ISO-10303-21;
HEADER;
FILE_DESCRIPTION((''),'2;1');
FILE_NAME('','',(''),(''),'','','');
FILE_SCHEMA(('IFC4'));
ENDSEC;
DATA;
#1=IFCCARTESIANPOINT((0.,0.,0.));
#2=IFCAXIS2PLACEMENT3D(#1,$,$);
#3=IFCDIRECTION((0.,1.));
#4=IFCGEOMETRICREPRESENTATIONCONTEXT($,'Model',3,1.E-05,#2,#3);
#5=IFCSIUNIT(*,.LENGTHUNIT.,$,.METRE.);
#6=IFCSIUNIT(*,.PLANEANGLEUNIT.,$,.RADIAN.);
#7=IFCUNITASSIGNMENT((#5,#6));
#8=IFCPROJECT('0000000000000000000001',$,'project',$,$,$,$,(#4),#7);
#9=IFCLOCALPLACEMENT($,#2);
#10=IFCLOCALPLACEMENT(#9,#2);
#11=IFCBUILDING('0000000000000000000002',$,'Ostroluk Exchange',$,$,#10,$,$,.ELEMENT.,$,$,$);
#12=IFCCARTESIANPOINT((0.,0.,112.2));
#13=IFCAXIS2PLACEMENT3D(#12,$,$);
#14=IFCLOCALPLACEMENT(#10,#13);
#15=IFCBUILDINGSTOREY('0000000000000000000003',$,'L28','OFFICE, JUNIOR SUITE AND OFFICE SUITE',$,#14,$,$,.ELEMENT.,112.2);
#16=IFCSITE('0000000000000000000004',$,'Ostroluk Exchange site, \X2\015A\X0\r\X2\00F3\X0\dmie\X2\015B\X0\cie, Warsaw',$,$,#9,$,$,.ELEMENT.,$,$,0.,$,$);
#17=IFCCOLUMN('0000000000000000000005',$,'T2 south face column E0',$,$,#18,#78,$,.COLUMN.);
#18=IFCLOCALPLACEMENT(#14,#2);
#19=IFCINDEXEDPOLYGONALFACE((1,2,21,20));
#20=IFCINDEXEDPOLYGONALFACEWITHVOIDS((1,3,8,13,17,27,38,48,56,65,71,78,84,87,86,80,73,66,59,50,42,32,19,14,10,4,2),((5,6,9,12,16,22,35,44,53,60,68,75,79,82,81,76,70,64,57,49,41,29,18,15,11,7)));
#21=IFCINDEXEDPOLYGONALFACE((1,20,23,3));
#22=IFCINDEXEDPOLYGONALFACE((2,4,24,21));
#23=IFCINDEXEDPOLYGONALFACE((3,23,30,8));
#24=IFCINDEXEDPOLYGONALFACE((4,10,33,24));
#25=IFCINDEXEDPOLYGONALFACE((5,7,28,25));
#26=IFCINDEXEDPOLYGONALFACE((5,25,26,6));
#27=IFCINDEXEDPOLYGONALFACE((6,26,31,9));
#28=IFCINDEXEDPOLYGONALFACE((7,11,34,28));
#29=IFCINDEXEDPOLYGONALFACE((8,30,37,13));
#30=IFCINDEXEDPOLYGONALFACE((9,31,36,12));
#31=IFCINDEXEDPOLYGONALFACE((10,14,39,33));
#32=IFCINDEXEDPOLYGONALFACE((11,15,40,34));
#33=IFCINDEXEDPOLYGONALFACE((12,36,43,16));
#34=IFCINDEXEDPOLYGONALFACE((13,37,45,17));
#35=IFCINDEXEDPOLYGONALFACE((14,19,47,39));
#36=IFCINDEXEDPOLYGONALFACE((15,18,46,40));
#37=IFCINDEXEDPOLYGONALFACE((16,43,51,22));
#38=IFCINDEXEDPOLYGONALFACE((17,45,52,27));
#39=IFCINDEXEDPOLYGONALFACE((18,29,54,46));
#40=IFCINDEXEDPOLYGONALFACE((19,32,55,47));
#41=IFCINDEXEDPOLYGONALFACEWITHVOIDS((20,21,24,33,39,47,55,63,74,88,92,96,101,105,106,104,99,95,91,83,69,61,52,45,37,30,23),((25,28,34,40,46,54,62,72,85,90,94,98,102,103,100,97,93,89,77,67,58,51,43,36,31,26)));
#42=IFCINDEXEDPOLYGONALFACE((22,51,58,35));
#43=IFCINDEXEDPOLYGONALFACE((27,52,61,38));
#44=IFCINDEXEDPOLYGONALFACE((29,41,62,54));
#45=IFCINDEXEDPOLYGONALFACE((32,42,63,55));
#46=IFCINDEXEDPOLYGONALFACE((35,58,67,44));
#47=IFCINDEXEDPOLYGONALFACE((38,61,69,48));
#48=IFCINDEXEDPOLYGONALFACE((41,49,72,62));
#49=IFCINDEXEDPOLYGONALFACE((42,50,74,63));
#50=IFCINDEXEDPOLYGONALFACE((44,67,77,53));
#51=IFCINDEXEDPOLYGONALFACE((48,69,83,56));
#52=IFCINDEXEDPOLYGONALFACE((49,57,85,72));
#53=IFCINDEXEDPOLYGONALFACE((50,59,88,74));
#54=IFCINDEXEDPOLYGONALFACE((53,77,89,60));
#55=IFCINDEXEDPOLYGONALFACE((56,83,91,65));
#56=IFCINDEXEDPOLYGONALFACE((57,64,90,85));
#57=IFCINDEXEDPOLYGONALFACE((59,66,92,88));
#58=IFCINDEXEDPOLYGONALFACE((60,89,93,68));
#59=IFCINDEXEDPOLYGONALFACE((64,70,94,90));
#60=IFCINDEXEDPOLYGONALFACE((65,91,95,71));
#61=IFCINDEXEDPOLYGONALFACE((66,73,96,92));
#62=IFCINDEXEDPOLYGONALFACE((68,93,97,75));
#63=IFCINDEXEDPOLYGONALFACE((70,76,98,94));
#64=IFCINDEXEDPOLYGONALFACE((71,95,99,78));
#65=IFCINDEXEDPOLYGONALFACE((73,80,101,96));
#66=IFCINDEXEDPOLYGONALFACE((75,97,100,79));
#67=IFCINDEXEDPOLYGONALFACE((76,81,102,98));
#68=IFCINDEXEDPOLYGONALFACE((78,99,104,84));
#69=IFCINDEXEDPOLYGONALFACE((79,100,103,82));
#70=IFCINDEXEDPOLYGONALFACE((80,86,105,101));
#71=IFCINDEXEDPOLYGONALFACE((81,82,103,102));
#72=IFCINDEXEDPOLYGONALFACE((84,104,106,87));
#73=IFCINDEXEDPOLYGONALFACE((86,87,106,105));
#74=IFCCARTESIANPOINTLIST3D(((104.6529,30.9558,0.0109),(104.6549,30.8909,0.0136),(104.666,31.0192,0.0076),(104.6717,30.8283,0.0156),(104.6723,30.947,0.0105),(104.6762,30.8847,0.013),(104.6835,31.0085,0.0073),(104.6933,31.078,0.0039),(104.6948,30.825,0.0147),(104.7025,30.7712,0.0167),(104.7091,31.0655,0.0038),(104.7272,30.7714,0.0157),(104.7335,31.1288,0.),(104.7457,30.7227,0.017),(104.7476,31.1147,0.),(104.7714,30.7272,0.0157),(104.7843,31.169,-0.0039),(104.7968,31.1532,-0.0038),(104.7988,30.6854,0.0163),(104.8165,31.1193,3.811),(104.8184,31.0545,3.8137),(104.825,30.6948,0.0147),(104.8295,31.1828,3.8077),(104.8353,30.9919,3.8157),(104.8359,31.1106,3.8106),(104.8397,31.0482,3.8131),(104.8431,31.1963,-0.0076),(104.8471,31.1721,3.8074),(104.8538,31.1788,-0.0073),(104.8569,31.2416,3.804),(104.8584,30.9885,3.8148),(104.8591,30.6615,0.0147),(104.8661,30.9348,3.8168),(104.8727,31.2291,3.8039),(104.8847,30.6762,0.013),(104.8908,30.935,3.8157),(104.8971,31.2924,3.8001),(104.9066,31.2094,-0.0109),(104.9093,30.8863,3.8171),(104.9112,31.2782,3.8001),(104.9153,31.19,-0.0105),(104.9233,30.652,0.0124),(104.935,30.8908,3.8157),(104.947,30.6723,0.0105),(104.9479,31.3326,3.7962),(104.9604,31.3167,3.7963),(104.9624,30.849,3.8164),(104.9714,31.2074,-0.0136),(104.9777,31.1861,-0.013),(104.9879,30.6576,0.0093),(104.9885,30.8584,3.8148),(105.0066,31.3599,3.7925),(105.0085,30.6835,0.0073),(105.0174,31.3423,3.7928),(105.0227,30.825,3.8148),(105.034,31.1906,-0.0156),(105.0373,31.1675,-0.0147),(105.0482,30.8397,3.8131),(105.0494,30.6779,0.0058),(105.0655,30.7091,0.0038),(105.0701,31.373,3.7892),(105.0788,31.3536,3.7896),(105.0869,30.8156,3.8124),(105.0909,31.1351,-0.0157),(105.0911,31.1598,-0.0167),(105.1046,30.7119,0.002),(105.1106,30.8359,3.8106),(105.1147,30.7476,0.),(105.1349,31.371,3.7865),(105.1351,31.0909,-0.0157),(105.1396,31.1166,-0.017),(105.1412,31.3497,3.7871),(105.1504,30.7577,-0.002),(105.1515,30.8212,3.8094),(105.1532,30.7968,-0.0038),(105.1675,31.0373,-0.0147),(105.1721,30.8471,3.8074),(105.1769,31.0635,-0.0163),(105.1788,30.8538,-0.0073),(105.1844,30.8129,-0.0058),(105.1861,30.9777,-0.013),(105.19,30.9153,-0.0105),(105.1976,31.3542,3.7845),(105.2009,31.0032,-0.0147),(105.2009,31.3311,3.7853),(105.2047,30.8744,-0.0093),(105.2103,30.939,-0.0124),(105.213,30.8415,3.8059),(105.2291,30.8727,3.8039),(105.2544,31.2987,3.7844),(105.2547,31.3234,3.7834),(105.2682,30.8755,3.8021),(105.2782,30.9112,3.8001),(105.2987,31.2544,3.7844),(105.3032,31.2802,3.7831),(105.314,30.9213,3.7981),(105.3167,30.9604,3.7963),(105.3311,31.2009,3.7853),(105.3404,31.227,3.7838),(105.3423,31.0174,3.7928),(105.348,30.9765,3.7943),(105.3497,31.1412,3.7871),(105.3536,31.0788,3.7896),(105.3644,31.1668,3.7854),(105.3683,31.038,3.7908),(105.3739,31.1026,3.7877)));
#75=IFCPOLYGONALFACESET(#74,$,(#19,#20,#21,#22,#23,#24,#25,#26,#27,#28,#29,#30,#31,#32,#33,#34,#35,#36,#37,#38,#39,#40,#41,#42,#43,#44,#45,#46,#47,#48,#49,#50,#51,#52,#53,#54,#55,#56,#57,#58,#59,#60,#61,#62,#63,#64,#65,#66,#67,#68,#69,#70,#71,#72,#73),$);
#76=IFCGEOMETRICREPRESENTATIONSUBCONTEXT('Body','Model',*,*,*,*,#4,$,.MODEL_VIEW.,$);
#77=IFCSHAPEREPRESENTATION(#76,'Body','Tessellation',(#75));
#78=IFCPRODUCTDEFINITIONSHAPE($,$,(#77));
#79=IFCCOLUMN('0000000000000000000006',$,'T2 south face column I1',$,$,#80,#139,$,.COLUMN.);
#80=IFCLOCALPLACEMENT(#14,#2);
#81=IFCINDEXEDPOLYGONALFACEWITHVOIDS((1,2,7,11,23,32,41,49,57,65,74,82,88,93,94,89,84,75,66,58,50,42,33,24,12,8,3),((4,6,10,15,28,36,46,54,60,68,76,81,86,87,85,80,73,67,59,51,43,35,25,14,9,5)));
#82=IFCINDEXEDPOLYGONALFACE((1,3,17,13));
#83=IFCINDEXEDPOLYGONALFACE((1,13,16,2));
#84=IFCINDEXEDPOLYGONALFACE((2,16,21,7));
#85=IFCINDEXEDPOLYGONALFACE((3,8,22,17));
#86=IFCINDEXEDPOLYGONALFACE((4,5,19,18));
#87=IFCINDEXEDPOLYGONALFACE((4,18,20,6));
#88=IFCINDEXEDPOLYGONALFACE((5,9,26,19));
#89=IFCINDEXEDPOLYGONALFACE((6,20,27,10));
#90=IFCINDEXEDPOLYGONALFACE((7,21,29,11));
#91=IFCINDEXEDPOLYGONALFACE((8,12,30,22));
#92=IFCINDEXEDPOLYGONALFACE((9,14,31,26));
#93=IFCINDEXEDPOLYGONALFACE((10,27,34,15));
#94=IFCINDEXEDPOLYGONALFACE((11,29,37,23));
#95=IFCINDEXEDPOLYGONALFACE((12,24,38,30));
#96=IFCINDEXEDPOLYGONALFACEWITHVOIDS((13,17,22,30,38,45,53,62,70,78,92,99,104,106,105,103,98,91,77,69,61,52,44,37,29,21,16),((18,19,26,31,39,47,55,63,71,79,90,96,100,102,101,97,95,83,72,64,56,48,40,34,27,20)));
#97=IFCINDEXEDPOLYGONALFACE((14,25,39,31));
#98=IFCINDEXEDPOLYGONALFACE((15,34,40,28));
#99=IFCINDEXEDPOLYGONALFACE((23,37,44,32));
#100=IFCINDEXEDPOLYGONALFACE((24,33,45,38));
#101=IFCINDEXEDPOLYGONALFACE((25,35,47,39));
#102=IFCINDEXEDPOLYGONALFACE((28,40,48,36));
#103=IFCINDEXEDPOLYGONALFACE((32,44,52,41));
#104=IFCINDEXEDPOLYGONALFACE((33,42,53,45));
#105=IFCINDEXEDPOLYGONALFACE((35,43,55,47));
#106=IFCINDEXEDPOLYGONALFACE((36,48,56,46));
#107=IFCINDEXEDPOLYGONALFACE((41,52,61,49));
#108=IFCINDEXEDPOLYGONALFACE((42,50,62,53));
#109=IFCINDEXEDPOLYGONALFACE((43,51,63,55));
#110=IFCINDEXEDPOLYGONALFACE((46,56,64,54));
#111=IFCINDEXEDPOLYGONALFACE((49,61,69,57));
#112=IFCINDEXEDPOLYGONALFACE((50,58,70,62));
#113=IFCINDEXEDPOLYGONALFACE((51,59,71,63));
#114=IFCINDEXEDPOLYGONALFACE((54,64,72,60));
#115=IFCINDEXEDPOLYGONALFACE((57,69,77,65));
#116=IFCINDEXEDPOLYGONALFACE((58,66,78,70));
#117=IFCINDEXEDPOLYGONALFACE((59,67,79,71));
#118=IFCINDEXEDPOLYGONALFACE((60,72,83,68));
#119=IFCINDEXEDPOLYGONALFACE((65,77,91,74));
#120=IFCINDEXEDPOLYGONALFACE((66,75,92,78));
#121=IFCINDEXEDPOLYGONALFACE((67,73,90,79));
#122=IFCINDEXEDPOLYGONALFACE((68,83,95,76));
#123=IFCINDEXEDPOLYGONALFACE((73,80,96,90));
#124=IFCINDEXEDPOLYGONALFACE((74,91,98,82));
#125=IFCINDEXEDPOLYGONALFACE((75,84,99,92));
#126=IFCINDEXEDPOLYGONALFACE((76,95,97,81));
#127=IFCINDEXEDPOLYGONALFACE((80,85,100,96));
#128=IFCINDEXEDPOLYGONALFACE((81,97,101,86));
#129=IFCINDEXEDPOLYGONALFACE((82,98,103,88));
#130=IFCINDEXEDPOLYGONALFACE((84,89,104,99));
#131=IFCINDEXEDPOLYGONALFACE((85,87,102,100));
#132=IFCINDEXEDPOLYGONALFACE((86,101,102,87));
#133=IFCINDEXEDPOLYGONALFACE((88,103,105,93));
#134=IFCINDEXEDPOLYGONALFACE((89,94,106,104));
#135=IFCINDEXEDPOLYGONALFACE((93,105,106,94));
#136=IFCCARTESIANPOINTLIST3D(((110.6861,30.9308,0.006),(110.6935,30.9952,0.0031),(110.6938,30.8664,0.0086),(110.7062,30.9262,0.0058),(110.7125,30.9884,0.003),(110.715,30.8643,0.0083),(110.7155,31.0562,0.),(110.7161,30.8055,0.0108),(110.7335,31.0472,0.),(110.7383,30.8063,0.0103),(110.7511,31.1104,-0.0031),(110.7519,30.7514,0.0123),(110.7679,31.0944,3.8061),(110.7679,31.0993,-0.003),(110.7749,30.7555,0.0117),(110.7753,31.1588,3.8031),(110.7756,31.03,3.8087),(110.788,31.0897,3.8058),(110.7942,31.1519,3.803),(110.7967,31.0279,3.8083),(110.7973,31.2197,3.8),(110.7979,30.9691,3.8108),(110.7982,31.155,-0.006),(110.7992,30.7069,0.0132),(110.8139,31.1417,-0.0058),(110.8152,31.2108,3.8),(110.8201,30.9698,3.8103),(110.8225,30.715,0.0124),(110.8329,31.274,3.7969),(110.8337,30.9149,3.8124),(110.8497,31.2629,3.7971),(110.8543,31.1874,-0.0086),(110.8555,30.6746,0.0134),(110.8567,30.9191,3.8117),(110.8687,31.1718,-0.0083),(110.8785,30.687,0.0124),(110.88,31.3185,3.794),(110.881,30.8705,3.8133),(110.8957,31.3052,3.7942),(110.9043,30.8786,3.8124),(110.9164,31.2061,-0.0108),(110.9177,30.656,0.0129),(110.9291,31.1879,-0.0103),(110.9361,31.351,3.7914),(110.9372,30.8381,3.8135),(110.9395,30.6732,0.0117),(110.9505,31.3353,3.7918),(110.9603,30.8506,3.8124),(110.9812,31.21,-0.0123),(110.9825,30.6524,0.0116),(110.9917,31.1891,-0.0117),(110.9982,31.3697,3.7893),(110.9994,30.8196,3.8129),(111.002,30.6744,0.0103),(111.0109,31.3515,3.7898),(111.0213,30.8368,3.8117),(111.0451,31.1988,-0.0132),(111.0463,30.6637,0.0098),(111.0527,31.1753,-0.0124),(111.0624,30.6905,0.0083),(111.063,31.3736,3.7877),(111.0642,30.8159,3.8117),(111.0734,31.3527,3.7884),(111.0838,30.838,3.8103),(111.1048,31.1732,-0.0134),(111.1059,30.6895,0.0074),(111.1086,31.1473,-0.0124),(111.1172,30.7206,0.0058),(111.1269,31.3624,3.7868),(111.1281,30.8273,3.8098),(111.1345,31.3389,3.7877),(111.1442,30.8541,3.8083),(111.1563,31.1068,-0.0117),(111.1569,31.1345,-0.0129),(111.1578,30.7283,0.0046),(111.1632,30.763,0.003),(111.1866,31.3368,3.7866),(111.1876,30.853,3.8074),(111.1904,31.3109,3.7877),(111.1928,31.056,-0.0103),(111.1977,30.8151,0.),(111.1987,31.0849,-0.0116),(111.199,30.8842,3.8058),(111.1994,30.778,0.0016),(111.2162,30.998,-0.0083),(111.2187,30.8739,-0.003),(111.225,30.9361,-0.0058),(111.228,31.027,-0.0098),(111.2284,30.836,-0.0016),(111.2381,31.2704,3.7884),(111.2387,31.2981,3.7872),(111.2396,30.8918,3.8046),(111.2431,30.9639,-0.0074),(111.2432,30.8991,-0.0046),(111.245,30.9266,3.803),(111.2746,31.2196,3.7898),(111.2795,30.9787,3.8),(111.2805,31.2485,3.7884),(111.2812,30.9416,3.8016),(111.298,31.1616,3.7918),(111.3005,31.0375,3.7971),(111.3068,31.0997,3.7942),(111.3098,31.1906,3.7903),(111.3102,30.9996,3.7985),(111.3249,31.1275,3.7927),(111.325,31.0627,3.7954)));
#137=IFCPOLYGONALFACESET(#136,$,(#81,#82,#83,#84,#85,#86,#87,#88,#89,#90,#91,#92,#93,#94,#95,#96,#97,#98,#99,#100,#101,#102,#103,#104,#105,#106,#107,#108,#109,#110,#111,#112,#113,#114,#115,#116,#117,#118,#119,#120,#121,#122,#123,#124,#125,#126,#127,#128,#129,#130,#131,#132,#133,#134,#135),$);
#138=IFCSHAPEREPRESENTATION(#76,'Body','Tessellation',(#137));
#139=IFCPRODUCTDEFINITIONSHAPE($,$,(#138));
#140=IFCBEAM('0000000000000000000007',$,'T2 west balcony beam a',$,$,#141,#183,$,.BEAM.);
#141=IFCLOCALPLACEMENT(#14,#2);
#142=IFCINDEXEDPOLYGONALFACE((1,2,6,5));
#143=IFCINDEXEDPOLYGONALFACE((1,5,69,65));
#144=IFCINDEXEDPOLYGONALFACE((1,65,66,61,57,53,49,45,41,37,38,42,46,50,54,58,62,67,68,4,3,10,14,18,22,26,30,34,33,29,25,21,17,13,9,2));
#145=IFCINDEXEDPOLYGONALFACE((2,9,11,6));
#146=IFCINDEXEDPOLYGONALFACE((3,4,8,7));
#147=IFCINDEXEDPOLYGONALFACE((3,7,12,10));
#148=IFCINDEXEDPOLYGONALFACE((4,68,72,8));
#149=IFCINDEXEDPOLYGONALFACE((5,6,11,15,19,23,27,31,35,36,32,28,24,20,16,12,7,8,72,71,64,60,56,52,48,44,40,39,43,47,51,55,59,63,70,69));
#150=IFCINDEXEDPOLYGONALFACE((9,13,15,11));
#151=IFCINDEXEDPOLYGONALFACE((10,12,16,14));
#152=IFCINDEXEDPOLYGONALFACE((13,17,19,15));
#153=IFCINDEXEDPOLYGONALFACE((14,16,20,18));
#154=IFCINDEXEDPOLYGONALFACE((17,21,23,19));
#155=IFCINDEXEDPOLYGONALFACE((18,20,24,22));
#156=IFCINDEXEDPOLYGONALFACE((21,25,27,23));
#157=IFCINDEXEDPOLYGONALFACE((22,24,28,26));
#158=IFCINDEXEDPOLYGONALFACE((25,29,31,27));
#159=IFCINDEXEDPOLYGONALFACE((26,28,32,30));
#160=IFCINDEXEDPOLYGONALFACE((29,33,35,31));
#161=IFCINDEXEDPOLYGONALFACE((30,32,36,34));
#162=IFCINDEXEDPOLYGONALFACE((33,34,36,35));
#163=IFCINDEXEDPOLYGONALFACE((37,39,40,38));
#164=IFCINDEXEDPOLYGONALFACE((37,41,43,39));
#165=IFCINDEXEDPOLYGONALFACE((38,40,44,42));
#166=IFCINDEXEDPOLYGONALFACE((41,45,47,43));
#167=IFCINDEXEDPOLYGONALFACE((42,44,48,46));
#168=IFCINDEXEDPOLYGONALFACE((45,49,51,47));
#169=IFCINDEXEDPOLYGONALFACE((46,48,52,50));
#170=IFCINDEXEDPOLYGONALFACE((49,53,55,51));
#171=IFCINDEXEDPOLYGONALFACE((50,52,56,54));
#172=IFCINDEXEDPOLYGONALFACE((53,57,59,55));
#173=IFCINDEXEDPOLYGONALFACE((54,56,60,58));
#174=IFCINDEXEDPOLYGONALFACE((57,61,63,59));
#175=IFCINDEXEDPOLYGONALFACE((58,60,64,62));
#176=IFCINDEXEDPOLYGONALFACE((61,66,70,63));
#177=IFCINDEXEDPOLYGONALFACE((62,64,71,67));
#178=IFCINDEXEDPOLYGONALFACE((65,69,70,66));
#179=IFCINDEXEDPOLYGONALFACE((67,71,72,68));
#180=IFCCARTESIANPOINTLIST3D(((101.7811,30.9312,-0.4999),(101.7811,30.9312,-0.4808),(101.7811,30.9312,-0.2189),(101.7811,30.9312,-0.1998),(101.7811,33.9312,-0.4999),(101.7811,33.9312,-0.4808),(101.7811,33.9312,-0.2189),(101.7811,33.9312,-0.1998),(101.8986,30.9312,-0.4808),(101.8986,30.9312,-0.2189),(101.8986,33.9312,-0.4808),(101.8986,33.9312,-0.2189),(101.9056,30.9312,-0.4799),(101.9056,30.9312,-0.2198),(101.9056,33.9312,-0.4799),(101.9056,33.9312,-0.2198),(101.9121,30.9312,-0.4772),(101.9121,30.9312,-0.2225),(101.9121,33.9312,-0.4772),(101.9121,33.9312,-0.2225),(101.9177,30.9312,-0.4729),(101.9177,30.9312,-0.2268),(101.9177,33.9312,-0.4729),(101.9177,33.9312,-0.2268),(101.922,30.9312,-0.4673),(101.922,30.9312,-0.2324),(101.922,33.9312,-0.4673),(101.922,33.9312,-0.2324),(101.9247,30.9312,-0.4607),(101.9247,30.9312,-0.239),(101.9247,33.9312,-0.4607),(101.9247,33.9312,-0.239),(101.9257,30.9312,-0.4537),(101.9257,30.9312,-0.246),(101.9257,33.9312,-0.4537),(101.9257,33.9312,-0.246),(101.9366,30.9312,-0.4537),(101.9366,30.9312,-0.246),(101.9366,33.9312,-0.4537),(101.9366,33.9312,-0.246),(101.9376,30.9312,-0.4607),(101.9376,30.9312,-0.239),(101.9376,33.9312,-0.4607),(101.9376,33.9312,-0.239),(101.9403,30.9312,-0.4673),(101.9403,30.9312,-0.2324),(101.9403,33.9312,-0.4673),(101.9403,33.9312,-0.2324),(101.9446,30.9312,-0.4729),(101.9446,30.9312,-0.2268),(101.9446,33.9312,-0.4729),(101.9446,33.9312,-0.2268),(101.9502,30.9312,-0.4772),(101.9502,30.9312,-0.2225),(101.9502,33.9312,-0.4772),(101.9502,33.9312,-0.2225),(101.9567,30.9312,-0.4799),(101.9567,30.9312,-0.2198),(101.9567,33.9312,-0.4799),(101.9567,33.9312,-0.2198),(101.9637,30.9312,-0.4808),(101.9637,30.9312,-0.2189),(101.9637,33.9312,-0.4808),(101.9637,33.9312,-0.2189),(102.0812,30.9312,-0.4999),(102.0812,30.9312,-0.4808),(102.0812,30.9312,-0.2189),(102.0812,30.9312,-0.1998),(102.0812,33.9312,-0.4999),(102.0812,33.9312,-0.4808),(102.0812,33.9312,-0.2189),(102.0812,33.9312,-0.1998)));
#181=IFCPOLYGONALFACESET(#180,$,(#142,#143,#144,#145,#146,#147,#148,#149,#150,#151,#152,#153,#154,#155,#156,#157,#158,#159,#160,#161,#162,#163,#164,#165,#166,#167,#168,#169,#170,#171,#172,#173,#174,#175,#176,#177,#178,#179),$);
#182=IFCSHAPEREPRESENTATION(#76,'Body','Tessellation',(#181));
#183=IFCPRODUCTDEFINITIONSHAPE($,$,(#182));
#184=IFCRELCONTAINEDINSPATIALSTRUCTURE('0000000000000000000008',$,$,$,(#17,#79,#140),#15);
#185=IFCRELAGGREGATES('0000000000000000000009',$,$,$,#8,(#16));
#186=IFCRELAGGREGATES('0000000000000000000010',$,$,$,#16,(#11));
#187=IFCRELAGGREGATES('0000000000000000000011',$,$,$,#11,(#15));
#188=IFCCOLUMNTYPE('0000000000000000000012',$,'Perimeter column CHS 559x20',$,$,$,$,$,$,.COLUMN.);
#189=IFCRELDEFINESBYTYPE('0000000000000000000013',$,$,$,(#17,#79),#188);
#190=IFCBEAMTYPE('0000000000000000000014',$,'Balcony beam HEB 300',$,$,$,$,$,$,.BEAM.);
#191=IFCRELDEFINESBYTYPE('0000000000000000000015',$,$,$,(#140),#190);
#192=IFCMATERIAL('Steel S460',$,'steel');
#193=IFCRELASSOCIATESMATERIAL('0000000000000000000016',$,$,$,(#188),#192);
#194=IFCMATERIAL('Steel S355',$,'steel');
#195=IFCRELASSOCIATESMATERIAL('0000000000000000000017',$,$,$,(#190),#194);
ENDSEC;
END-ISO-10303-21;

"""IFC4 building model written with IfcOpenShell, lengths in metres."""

from ifc_helpers import new_model, si_unit, direction, frame, origin, origin_2d, place, context, subcontext, project, spatial, hollow_circle, i_section, extrude, material, material_profile, profile_set, type_object, element, save


model = new_model("IFC4")

# Units and contexts
model_context = context("Model", 3, precision=1e-05, world=origin(), true_north=direction((0.0, 1.0)))
body_context = subcontext(model_context, "Body", "Model", "MODEL_VIEW")
ifc_project = project(units=[si_unit("LENGTHUNIT", "METRE"), si_unit("PLANEANGLEUNIT", "RADIAN")], contexts=[model_context])

# Site, building, storey
site_placement = place(None, origin())
site = spatial("IfcSite", under=ifc_project, at=site_placement, Name="Ostroluk Exchange site, Śródmieście, Warsaw", CompositionType="ELEMENT", RefElevation=0.0)
building_placement = place(site_placement, origin())
building = spatial("IfcBuilding", under=site, at=building_placement, Name="Ostroluk Exchange", CompositionType="ELEMENT")
storey_placement = place(building_placement, frame((0.0, 0.0, 112.2)))
storey = spatial("IfcBuildingStorey", under=building, at=storey_placement, Name="L28", Description="OFFICE, JUNIOR SUITE AND OFFICE SUITE", CompositionType="ELEMENT", Elevation=112.2)

# Columns
ifc_material_1 = material(Name="Steel S460", Category="steel")
ifc_material_profile_1 = material_profile(ifc_material_1, hollow_circle(Radius=0.2795, WallThickness=0.02, at=origin_2d()), Name="CHS 559x20")
ifc_profile_set_1 = profile_set([ifc_material_profile_1], Name="Steel S460")
column_type = type_object("IfcColumnType", Name="Perimeter column CHS 559x20", PredefinedType="COLUMN", material=ifc_profile_set_1)
column_1_placement = place(storey_placement, frame((104.9312, 30.9312, 0.0), z_axis=(0.042966, 0.042966, 0.998152), x_axis=(-0.707107, 0.707107, 0.0)))
element("IfcColumn", 1, at=column_1_placement, inside=storey, type_object=column_type, Name="T2 south face column E0", PredefinedType="COLUMN", context=body_context, shape_type="SweptSolid", body=[
    extrude(hollow_circle(Radius=0.2795, WallThickness=0.02, at=origin_2d()), origin(), (0.0, 0.0, 1.0), 3.8071),
])
column_2_placement = place(storey_placement, frame((110.9656, 30.9312, 0.0), z_axis=(0.021498, 0.042996, 0.998844), x_axis=(-0.894427, 0.447214, 0.0)))
element("IfcColumn", 2, at=column_2_placement, inside=storey, type_object=column_type, Name="T2 south face column I1", PredefinedType="COLUMN", context=body_context, shape_type="SweptSolid", body=[
    extrude(hollow_circle(Radius=0.2795, WallThickness=0.02, at=origin_2d()), origin(), (0.0, 0.0, 1.0), 3.8044),
])

# Beam
ifc_material_2 = material(Name="Steel S355", Category="steel")
ifc_material_profile_2 = material_profile(ifc_material_2, i_section(OverallWidth=0.3, OverallDepth=0.3, WebThickness=0.011, FlangeThickness=0.019, FilletRadius=0.0271, at=origin_2d()), Name="HEB 300")
ifc_profile_set_2 = profile_set([ifc_material_profile_2], Name="Steel S355")
beam_type_1 = type_object("IfcBeamType", Name="Balcony beam HEB 300", PredefinedType="BEAM", material=ifc_profile_set_2)
for number, where, z_axis, x_axis, name in (
    (3, (101.9312, 33.9312, -0.3499), (0.0, -1.0, 0.0), (1.0, 0.0, 0.0), "T2 west balcony beam a"),
):
    element("IfcBeam", number, at=place(storey_placement, frame(where, z_axis=z_axis, x_axis=x_axis)), inside=storey, type_object=beam_type_1, Name=name, PredefinedType="BEAM", context=body_context, shape_type="SweptSolid", body=[
        extrude(i_section(OverallWidth=0.3, OverallDepth=0.3, WebThickness=0.011, FlangeThickness=0.019, FilletRadius=0.0271, at=origin_2d()), origin(), (0.0, 0.0, 1.0), 3.0),
    ])

save(model, "model.ifc")
